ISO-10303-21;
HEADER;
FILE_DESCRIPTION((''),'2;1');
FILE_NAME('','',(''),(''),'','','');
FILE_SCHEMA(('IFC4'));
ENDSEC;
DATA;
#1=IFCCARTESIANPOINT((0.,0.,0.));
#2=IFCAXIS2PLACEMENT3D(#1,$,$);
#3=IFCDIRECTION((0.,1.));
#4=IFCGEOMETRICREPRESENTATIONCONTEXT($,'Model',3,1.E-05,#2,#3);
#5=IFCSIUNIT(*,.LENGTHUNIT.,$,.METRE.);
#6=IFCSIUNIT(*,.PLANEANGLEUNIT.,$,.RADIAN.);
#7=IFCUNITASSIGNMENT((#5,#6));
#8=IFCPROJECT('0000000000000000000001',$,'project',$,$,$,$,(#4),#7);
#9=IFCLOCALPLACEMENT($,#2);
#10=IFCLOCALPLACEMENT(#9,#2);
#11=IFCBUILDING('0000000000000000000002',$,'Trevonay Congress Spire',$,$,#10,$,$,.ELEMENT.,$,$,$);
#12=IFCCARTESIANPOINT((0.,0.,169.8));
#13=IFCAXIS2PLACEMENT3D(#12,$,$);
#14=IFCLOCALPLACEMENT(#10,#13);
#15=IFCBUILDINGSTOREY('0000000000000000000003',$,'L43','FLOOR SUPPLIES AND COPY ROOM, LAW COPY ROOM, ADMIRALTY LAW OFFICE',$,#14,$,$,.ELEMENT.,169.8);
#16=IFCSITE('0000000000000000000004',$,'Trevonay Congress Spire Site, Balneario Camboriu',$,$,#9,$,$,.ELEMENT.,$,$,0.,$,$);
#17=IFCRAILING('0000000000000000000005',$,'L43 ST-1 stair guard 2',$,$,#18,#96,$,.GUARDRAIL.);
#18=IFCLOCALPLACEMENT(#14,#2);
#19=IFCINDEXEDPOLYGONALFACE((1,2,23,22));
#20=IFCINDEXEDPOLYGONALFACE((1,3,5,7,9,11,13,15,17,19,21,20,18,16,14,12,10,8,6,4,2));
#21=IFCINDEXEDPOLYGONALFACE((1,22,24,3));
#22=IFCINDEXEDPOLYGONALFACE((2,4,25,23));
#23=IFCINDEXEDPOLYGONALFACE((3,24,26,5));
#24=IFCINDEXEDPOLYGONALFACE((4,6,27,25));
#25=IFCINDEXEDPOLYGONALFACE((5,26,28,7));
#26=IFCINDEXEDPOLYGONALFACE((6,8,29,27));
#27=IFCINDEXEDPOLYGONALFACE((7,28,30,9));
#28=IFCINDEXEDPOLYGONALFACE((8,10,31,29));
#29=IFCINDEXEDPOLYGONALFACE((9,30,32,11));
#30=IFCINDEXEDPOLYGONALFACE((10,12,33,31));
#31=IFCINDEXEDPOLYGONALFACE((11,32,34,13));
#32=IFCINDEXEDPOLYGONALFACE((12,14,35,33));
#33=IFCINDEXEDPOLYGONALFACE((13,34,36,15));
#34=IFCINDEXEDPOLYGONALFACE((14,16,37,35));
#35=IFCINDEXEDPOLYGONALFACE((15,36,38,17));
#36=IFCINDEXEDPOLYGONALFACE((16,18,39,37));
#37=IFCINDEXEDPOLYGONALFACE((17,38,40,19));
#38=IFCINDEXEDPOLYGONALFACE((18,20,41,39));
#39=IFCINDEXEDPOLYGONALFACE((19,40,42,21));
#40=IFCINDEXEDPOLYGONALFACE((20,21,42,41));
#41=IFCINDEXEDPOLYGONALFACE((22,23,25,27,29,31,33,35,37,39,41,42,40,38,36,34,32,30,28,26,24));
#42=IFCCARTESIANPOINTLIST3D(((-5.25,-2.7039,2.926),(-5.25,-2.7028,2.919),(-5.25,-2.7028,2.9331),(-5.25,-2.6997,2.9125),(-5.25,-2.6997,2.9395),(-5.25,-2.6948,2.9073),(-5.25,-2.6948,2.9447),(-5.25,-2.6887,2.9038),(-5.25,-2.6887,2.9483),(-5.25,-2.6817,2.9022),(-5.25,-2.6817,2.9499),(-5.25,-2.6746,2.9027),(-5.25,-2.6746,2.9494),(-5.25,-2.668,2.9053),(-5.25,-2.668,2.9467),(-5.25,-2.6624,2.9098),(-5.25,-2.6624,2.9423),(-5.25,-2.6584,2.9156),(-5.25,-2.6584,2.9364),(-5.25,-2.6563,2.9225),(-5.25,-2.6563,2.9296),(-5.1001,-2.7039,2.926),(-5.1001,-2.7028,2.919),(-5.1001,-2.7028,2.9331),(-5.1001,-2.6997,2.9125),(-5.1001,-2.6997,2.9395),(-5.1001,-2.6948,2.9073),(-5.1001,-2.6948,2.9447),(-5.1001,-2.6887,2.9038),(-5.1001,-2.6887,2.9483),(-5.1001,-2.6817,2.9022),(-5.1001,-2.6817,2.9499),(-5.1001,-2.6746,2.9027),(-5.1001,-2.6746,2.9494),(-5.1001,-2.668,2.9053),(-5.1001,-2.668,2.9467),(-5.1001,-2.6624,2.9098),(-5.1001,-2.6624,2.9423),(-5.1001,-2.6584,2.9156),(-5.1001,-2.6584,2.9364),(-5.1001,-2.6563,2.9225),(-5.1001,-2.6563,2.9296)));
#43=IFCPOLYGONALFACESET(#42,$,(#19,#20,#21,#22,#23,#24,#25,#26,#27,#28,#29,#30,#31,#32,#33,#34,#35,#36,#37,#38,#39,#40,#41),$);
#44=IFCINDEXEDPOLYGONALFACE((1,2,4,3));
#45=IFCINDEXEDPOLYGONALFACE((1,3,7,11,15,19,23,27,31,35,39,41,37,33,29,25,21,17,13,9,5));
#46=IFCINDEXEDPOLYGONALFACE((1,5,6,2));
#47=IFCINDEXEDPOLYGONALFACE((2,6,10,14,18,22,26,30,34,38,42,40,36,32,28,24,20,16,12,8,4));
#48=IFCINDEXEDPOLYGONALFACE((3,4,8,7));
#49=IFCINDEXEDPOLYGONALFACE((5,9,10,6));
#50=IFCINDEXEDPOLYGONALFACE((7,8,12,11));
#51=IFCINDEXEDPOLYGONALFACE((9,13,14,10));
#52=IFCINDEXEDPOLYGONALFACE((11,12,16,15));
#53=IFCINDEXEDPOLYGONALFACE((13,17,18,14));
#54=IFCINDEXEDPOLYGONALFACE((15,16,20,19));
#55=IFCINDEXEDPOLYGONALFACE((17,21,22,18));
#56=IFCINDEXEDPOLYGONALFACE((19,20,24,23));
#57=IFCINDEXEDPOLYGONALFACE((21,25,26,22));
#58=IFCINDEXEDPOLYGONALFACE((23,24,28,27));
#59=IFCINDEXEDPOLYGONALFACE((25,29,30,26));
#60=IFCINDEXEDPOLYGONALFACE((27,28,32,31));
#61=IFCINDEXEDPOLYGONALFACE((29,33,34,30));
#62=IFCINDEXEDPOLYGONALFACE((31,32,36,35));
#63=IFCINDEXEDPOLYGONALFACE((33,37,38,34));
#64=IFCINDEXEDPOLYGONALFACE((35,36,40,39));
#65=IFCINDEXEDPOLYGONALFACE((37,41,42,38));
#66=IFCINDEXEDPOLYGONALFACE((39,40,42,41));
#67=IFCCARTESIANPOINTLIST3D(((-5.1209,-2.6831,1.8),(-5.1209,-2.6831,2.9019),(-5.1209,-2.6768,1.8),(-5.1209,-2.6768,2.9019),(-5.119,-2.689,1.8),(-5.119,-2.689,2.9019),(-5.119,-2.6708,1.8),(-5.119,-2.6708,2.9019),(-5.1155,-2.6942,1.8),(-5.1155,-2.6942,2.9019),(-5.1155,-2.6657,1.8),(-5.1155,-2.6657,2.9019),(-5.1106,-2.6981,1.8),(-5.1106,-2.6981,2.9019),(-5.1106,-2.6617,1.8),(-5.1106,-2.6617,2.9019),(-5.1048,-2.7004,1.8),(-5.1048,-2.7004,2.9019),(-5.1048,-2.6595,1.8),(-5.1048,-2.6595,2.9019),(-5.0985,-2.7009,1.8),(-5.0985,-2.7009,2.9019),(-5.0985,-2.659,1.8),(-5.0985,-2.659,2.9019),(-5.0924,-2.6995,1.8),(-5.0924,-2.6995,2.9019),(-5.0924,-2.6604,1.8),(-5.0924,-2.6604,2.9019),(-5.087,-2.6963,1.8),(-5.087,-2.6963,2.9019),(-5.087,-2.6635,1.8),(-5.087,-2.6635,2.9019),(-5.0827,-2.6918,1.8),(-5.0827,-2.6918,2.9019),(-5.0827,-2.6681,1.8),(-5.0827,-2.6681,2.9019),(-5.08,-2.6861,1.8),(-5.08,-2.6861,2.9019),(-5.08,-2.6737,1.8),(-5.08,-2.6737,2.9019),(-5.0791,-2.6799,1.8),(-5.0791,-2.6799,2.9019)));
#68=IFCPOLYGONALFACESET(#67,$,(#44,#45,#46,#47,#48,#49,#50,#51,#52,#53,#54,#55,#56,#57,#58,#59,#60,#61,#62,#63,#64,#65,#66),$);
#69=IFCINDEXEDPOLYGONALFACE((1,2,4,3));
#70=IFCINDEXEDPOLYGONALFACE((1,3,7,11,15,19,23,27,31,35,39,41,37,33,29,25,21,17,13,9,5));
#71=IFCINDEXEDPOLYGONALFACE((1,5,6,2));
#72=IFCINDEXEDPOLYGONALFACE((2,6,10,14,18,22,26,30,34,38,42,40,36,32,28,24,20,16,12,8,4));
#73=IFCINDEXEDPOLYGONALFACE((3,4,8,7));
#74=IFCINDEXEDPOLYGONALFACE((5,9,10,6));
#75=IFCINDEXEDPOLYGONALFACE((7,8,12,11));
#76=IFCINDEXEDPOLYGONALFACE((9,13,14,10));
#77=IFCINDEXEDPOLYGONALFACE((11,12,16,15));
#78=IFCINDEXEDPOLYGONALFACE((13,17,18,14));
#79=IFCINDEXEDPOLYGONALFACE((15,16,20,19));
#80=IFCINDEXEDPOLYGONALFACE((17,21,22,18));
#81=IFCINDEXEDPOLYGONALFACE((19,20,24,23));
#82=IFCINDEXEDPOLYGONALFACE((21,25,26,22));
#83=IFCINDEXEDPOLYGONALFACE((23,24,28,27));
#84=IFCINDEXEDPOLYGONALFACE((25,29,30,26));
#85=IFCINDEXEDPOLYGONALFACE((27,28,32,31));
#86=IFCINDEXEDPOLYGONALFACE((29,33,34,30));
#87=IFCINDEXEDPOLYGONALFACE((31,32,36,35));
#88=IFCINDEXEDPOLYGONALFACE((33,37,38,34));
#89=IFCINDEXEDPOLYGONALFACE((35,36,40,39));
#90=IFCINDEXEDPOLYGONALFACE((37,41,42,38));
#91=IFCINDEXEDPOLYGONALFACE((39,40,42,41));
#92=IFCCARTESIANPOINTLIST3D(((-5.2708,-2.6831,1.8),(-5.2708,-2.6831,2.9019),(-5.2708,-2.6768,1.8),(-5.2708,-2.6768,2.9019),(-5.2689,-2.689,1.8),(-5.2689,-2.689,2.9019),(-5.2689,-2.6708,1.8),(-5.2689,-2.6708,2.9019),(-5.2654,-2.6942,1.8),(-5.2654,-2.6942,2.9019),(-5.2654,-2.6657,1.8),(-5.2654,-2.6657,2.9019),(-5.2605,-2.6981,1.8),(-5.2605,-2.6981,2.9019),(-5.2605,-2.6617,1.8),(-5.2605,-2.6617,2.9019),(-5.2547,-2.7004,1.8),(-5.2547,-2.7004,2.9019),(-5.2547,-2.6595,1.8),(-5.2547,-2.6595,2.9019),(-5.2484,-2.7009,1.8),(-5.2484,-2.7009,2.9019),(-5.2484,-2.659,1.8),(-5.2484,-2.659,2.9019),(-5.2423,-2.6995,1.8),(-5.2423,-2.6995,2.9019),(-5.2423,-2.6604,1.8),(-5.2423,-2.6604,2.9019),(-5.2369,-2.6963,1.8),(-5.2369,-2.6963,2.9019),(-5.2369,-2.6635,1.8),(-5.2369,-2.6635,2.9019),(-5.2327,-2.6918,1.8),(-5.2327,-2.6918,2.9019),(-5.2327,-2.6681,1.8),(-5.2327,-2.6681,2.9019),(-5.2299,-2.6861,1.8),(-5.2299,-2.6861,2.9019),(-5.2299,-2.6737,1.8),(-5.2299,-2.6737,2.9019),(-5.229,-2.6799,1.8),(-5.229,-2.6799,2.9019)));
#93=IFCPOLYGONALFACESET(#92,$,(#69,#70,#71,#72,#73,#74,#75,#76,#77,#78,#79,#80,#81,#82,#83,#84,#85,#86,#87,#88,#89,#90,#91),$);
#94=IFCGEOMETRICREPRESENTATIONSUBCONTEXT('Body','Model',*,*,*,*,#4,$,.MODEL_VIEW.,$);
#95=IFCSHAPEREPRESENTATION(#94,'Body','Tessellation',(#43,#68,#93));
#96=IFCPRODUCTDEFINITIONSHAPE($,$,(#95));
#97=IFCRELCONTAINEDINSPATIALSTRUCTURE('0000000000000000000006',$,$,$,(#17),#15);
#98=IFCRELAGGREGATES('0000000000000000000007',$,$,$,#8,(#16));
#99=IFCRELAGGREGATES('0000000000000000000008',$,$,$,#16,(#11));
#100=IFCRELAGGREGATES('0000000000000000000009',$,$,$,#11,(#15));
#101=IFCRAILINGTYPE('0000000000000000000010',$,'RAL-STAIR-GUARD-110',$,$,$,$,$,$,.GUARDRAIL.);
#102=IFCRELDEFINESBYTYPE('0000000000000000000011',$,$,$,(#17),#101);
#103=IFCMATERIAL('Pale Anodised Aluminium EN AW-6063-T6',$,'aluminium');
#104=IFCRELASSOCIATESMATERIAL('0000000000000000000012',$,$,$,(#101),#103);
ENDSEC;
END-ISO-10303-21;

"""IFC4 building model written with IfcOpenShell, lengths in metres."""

from ifc_helpers import new_model, si_unit, direction, frame, origin, origin_2d, place, context, subcontext, project, spatial, circle, extrude, material, type_object, element, save


model = new_model("IFC4")

# Units and contexts
model_context = context("Model", 3, precision=1e-05, world=origin(), true_north=direction((0.0, 1.0)))
body_context = subcontext(model_context, "Body", "Model", "MODEL_VIEW")
ifc_project = project(units=[si_unit("LENGTHUNIT", "METRE"), si_unit("PLANEANGLEUNIT", "RADIAN")], contexts=[model_context])

# Site, building, storey
site_placement = place(None, origin())
site = spatial("IfcSite", under=ifc_project, at=site_placement, Name="Trevonay Congress Spire Site, Balneario Camboriu", CompositionType="ELEMENT", RefElevation=0.0)
building_placement = place(site_placement, origin())
building = spatial("IfcBuilding", under=site, at=building_placement, Name="Trevonay Congress Spire", CompositionType="ELEMENT")
storey_placement = place(building_placement, frame((0.0, 0.0, 169.8)))
storey = spatial("IfcBuildingStorey", under=building, at=storey_placement, Name="L43", Description="FLOOR SUPPLIES AND COPY ROOM, LAW COPY ROOM, ADMIRALTY LAW OFFICE", CompositionType="ELEMENT", Elevation=169.8)

# Railing
ifc_material_1 = material(Name="Pale Anodised Aluminium EN AW-6063-T6", Category="aluminium")
railing_type_1 = type_object("IfcRailingType", Name="RAL-STAIR-GUARD-110", PredefinedType="GUARDRAIL", material=ifc_material_1)
railing_1_placement = place(storey_placement, frame((-5.1001, -2.6799, 1.8)))
element("IfcRailing", 1, at=railing_1_placement, inside=storey, type_object=railing_type_1, Name="L43 ST-1 stair guard 2", PredefinedType="GUARDRAIL", context=body_context, shape_type="SweptSolid", body=[
    extrude(circle(Radius=0.0239, at=origin_2d()), frame((0.0, 0.0, 1.126), z_axis=(-1.0, 0.0, 0.0), x_axis=(0.0, -1.0, 0.0)), (0.0, 0.0, 1.0), 0.1499),
    extrude(circle(Radius=0.021, at=origin_2d()), origin(), (0.0, 0.0, 1.0), 1.1018),
    extrude(circle(Radius=0.021, at=origin_2d()), frame((-0.1499, 0.0, 0.0)), (0.0, 0.0, 1.0), 1.1018),
])

save(model, "model.ifc")
